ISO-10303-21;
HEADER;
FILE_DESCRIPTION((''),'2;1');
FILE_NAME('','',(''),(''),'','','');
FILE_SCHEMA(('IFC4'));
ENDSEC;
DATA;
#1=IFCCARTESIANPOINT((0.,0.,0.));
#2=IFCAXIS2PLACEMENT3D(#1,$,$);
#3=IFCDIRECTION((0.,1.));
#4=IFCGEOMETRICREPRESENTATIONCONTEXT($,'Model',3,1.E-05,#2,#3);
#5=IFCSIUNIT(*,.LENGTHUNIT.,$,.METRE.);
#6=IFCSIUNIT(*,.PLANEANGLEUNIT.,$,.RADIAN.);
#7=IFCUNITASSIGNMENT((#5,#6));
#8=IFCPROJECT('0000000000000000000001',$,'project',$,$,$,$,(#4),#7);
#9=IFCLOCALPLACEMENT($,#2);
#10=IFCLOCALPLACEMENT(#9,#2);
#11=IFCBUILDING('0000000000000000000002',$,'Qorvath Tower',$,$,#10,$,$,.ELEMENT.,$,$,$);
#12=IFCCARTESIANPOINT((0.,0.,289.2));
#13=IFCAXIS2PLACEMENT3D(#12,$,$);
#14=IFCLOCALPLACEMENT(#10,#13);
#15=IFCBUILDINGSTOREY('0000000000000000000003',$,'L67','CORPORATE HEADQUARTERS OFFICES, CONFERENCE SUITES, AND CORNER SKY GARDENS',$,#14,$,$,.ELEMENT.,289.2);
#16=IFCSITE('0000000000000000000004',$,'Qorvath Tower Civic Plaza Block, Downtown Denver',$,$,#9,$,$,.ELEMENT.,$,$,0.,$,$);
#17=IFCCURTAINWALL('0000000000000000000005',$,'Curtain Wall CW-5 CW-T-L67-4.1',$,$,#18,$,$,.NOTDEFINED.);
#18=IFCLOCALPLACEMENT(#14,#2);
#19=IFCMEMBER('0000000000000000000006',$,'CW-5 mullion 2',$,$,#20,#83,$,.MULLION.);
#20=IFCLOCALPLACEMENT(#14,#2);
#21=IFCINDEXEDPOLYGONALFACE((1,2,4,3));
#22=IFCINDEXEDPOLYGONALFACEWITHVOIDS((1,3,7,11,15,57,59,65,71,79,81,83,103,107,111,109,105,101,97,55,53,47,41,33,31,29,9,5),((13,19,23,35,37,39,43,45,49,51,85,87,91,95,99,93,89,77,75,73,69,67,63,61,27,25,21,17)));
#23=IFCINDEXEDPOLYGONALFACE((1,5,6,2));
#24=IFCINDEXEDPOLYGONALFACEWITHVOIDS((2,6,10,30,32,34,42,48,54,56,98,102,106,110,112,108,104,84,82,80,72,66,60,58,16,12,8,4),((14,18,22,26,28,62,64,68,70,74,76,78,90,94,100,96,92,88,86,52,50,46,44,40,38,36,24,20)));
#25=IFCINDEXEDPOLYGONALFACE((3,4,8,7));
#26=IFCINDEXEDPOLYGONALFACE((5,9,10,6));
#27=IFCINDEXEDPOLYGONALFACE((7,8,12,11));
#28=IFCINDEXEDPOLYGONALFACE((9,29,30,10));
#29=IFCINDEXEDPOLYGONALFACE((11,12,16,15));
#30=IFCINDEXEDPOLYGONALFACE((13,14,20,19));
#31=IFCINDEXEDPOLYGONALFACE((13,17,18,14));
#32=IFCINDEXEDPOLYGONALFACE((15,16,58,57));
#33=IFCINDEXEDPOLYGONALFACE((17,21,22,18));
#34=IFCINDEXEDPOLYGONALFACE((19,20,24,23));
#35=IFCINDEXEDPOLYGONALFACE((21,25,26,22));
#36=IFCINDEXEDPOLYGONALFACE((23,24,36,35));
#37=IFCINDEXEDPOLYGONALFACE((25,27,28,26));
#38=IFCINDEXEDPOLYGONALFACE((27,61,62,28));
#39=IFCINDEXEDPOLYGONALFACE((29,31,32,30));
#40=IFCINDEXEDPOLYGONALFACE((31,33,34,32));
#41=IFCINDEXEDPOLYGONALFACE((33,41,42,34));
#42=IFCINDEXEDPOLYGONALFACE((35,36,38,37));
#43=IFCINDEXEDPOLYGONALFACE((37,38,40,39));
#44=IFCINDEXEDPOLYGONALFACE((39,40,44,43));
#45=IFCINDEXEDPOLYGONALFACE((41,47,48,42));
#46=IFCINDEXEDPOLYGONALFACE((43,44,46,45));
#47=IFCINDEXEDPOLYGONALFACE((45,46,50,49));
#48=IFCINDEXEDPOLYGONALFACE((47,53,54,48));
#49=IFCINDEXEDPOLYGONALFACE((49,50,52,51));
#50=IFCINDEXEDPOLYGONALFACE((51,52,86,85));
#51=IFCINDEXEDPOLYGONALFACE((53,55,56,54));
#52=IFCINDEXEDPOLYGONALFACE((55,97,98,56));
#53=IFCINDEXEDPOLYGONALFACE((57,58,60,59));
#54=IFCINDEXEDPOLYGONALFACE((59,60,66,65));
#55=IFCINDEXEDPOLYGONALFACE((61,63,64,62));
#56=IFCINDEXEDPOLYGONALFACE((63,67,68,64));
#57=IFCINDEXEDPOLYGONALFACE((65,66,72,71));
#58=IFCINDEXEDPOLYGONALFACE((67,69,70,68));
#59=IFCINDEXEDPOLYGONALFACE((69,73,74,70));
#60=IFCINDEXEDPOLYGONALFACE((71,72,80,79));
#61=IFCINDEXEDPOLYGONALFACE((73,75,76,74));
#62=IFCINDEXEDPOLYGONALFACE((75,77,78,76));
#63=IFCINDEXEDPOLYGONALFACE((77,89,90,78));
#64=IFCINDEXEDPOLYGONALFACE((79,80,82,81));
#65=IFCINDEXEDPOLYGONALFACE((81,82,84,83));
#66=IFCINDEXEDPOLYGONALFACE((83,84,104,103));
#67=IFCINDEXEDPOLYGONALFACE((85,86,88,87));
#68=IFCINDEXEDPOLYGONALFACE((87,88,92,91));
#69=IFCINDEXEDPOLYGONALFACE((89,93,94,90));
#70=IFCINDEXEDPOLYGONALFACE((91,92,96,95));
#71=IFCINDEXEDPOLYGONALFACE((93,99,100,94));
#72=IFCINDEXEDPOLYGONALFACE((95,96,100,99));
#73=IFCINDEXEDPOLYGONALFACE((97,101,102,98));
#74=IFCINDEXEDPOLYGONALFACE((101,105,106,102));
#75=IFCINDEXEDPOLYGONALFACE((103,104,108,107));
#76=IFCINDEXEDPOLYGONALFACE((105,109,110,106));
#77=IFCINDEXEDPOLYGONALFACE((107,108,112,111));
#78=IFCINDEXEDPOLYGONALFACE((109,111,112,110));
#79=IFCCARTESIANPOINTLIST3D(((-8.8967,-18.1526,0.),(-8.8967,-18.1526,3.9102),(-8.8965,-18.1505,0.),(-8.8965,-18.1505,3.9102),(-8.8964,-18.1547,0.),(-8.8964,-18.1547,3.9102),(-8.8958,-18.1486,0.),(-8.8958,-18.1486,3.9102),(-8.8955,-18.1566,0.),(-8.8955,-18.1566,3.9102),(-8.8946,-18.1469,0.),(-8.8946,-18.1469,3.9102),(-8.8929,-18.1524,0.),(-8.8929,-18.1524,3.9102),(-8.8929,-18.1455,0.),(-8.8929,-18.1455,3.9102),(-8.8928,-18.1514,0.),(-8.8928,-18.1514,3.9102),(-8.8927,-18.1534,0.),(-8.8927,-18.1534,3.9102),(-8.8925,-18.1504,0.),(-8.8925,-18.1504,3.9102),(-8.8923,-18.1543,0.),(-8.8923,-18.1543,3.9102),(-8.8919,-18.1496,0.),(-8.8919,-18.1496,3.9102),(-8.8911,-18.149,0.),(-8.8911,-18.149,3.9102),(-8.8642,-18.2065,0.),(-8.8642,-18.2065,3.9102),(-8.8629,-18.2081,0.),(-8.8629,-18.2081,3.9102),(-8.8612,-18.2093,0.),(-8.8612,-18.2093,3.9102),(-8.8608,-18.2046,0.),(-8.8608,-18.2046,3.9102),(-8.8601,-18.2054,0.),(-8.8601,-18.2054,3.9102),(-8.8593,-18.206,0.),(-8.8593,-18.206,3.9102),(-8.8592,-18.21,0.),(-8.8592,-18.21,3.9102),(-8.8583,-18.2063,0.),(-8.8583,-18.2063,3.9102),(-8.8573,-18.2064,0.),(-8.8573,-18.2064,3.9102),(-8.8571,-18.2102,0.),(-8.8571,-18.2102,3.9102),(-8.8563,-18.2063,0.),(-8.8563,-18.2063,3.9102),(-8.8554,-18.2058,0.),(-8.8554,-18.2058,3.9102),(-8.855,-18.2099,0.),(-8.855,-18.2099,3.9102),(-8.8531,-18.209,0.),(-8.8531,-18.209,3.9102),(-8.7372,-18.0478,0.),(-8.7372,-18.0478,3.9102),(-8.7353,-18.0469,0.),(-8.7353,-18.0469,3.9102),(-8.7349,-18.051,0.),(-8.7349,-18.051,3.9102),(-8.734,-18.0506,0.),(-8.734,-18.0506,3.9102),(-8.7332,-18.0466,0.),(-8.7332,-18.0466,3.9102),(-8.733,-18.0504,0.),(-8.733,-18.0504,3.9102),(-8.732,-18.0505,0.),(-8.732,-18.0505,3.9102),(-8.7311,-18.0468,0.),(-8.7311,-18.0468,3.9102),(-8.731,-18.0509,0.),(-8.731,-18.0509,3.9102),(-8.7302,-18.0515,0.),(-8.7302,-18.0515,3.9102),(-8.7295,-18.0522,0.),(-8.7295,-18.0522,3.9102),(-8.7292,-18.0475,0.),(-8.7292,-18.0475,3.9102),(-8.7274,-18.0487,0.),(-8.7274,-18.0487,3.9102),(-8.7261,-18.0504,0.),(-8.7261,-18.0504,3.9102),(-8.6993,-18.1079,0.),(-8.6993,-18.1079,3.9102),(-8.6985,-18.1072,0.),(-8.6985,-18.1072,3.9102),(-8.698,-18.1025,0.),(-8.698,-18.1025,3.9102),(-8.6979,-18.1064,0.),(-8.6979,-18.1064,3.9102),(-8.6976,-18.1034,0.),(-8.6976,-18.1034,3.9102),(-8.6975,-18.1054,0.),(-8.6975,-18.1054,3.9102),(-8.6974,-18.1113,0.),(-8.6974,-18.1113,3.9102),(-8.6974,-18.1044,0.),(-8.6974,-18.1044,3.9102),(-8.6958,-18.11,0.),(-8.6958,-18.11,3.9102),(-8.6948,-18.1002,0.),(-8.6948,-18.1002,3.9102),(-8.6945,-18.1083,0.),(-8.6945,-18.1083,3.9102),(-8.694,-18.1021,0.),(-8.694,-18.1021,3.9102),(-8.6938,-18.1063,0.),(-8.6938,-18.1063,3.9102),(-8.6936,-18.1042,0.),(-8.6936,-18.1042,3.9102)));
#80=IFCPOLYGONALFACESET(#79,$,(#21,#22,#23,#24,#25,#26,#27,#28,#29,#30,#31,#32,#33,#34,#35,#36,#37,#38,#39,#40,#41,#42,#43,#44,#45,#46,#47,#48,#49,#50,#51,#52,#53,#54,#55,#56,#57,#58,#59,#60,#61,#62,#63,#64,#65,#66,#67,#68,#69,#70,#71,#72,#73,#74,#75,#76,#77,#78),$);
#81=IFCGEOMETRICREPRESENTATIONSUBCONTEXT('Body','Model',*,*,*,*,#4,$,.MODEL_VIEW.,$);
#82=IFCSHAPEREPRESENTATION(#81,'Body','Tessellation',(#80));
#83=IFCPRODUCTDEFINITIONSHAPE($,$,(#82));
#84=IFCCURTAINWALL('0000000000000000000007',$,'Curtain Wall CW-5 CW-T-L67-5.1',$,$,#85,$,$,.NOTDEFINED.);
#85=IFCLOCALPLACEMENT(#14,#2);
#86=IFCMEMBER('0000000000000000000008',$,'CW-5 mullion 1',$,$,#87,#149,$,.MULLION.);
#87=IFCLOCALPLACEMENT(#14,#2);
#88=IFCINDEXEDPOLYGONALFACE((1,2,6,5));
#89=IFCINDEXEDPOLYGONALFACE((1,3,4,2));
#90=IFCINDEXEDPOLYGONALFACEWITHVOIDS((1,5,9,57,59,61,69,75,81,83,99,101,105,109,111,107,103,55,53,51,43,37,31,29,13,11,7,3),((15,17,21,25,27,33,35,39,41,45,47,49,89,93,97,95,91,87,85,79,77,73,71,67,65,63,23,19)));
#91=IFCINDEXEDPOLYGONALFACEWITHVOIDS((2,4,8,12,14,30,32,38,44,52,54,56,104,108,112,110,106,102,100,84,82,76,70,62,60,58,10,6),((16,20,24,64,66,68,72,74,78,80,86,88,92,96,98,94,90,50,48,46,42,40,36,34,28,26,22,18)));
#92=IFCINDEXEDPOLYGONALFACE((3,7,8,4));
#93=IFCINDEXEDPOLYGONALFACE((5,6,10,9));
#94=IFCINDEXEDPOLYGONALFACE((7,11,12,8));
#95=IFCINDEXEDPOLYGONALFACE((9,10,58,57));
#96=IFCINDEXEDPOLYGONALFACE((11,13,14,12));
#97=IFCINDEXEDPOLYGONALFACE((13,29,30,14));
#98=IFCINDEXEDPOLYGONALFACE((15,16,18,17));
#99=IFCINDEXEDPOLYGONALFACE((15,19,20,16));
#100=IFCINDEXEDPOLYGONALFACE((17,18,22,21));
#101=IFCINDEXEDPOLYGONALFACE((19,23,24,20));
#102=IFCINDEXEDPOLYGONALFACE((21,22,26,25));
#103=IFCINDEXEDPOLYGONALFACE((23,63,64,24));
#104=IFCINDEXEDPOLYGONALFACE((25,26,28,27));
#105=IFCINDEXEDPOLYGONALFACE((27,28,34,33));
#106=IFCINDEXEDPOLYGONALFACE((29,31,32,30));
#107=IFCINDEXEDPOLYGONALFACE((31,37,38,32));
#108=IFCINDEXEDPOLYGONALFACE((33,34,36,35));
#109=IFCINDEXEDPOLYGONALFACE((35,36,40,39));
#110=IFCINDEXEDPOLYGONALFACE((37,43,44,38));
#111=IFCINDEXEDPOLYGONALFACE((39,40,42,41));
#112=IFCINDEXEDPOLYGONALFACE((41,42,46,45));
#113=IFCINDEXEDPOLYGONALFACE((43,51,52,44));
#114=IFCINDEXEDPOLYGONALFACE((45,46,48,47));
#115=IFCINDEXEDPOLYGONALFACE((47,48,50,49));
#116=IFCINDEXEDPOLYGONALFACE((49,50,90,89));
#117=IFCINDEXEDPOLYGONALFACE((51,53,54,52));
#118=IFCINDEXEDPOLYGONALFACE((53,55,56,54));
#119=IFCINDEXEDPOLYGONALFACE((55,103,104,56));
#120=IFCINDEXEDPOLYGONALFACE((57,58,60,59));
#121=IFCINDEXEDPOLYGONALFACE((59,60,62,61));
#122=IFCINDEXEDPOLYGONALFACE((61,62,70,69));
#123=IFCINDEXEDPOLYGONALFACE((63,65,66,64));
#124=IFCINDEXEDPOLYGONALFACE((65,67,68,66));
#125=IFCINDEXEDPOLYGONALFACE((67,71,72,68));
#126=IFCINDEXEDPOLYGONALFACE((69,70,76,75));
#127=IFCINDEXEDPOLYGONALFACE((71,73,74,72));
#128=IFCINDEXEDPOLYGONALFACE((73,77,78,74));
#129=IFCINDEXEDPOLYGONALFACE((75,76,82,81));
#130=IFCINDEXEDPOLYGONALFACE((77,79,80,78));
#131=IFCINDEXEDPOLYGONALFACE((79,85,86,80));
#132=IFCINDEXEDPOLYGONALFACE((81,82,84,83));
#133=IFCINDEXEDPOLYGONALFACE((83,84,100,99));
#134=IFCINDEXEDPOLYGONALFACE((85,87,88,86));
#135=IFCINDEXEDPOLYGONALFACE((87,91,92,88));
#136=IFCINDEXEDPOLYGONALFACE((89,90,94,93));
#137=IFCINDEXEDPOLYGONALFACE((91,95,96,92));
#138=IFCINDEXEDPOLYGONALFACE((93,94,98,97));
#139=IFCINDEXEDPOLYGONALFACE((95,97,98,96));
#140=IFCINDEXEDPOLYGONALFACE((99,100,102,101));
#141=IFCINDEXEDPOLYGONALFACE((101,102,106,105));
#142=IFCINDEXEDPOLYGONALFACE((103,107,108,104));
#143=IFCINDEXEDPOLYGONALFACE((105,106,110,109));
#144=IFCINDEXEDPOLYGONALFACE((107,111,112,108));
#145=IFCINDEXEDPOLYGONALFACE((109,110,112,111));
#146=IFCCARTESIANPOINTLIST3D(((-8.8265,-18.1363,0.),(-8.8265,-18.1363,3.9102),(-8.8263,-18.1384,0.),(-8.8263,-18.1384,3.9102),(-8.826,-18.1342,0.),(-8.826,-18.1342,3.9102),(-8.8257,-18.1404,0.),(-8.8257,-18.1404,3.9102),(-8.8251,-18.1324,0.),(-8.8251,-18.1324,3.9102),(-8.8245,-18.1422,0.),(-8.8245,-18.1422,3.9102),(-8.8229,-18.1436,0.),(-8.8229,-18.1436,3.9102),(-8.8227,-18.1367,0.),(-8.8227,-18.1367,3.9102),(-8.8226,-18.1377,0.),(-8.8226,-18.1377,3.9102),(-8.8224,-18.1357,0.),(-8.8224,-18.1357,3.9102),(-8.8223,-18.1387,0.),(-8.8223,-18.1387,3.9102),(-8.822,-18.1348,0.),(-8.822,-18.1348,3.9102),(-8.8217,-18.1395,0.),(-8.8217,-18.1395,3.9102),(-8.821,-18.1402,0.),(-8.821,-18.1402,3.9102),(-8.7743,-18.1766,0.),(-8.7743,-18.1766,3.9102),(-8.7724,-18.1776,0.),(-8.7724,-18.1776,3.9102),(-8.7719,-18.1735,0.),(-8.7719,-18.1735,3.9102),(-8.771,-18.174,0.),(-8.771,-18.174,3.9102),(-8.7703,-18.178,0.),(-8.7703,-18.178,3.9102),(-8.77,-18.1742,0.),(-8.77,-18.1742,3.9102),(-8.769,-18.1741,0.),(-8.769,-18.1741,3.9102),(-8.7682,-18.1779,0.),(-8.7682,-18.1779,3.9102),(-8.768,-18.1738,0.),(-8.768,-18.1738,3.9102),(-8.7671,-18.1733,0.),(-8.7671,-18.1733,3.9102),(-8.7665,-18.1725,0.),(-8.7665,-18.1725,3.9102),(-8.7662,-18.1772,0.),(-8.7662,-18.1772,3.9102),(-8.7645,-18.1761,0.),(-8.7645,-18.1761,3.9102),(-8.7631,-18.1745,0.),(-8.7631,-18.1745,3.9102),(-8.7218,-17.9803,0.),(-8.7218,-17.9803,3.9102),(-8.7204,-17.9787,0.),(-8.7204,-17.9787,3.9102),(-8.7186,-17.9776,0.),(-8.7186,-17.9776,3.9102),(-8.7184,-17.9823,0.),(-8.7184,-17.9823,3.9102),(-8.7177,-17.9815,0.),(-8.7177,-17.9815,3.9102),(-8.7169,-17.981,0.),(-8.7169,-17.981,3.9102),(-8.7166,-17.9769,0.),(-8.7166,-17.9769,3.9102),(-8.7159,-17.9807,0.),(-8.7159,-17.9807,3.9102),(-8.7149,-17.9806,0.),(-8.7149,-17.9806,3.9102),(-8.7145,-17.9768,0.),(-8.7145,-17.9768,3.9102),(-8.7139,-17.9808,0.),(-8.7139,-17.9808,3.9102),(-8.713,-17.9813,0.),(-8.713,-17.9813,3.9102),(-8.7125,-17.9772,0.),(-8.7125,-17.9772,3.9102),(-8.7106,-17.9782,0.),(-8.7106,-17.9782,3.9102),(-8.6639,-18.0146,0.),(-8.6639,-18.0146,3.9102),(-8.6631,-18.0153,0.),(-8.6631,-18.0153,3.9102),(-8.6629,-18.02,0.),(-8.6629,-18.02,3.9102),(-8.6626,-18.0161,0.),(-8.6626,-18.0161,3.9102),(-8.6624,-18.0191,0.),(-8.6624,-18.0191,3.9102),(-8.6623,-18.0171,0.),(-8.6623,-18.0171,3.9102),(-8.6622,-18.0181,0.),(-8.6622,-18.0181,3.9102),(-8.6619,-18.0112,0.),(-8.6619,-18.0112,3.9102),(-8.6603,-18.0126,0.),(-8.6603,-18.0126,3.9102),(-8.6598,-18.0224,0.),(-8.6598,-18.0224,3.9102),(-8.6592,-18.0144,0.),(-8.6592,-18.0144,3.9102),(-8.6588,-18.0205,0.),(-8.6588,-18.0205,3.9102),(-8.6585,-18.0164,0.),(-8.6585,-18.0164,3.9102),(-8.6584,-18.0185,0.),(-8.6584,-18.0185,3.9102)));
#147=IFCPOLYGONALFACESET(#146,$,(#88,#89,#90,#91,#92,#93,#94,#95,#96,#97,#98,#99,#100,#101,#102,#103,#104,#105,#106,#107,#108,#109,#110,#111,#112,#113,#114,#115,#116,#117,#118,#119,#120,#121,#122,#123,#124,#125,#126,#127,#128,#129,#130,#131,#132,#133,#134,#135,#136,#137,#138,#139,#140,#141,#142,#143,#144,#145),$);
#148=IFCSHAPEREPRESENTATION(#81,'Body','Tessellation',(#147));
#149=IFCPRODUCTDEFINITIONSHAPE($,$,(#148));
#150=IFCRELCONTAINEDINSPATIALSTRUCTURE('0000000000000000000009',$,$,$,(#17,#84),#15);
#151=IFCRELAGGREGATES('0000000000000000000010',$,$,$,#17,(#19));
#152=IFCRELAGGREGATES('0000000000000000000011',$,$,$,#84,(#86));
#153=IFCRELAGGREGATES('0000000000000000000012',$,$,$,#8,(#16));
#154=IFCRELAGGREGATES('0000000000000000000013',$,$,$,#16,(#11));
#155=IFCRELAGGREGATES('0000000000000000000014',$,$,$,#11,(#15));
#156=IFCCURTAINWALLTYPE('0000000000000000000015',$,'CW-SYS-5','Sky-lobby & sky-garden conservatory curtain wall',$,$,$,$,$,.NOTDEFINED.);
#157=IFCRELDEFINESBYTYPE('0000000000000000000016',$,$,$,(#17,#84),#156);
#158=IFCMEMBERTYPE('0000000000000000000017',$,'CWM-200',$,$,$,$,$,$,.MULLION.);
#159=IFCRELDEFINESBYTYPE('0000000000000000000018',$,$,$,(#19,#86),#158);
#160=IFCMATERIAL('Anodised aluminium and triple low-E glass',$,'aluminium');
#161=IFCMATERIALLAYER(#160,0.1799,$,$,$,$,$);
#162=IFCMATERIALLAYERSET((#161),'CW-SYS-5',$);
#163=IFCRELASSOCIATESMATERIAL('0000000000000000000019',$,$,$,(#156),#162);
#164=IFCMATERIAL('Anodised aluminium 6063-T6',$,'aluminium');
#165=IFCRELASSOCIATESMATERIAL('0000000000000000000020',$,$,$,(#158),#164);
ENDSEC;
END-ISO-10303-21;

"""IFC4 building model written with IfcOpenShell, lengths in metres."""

from ifc_helpers import new_model, si_unit, direction, frame, origin, origin_2d, place, context, subcontext, project, spatial, hollow_rectangle, extrude, material, layer, layer_set, material_profile, profile_set, type_object, element, aggregate, save


model = new_model("IFC4")

# Units and contexts
model_context = context("Model", 3, precision=1e-05, world=origin(), true_north=direction((0.0, 1.0)))
body_context = subcontext(model_context, "Body", "Model", "MODEL_VIEW")
ifc_project = project(units=[si_unit("LENGTHUNIT", "METRE"), si_unit("PLANEANGLEUNIT", "RADIAN")], contexts=[model_context])

# Site, building, storey
site_placement = place(None, origin())
site = spatial("IfcSite", under=ifc_project, at=site_placement, Name="Qorvath Tower Civic Plaza Block, Downtown Denver", CompositionType="ELEMENT", RefElevation=0.0)
building_placement = place(site_placement, origin())
building = spatial("IfcBuilding", under=site, at=building_placement, Name="Qorvath Tower", CompositionType="ELEMENT")
storey_placement = place(building_placement, frame((0.0, 0.0, 289.2)))
storey = spatial("IfcBuildingStorey", under=building, at=storey_placement, Name="L67", Description="CORPORATE HEADQUARTERS OFFICES, CONFERENCE SUITES, AND CORNER SKY GARDENS", CompositionType="ELEMENT", Elevation=289.2)

# Shared definitions
ifc_material_1 = material(Name="Anodised aluminium and triple low-E glass", Category="aluminium")
ifc_layer_1 = layer(ifc_material_1, 0.1799)
ifc_layer_set_1 = layer_set([ifc_layer_1], Name="CW-SYS-5")
curtain_wall_type = type_object("IfcCurtainWallType", Name="CW-SYS-5", Description="Sky-lobby & sky-garden conservatory curtain wall", PredefinedType="NOTDEFINED", material=ifc_layer_set_1)
ifc_material_2 = material(Name="Anodised aluminium 6063-T6", Category="aluminium")
ifc_material_profile_1 = material_profile(ifc_material_2, hollow_rectangle(XDim=0.075, YDim=0.2, WallThickness=0.0039, InnerFilletRadius=0.0039, OuterFilletRadius=0.0081, at=origin_2d()), Name="CWM 200x75")
ifc_profile_set_1 = profile_set([ifc_material_profile_1], Name="Anodised aluminium 6063-T6")
member_type_1 = type_object("IfcMemberType", Name="CWM-200", PredefinedType="MULLION", material=ifc_profile_set_1)

# Curtain walls, members
curtain_wall_1_placement = place(storey_placement, origin())
curtain_wall_1 = element("IfcCurtainWall", 1, at=curtain_wall_1_placement, inside=storey, type_object=curtain_wall_type, Name="Curtain Wall CW-5 CW-T-L67-4.1", PredefinedType="NOTDEFINED")
member_1_placement = place(storey_placement, frame((-8.7952, -18.1284, 0.0), z_axis=(0.0, 0.0, 1.0), x_axis=(-0.531406, 0.847117, 0.0)))
member_1 = element("IfcMember", 2, at=member_1_placement, type_object=member_type_1, Name="CW-5 mullion 2", PredefinedType="MULLION", context=body_context, shape_type="SweptSolid", body=[
    extrude(hollow_rectangle(XDim=0.075, YDim=0.2, WallThickness=0.0039, InnerFilletRadius=0.0039, OuterFilletRadius=0.0081, at=origin_2d()), origin(), (0.0, 0.0, 1.0), 3.9102),
])
curtain_wall_2_placement = place(storey_placement, origin())
curtain_wall_2 = element("IfcCurtainWall", 3, at=curtain_wall_2_placement, inside=storey, type_object=curtain_wall_type, Name="Curtain Wall CW-5 CW-T-L67-5.1", PredefinedType="NOTDEFINED")
member_2_placement = place(storey_placement, frame((-8.7424, -18.0774, 0.0), z_axis=(0.0, 0.0, 1.0), x_axis=(-0.827172, 0.561949, 0.0)))
member_2 = element("IfcMember", 4, at=member_2_placement, type_object=member_type_1, Name="CW-5 mullion 1", PredefinedType="MULLION", context=body_context, shape_type="SweptSolid", body=[
    extrude(hollow_rectangle(XDim=0.075, YDim=0.2, WallThickness=0.0039, InnerFilletRadius=0.0039, OuterFilletRadius=0.0081, at=origin_2d()), origin(), (0.0, 0.0, 1.0), 3.9102),
])

aggregate(curtain_wall_1, [member_1])
aggregate(curtain_wall_2, [member_2])

save(model, "model.ifc")
